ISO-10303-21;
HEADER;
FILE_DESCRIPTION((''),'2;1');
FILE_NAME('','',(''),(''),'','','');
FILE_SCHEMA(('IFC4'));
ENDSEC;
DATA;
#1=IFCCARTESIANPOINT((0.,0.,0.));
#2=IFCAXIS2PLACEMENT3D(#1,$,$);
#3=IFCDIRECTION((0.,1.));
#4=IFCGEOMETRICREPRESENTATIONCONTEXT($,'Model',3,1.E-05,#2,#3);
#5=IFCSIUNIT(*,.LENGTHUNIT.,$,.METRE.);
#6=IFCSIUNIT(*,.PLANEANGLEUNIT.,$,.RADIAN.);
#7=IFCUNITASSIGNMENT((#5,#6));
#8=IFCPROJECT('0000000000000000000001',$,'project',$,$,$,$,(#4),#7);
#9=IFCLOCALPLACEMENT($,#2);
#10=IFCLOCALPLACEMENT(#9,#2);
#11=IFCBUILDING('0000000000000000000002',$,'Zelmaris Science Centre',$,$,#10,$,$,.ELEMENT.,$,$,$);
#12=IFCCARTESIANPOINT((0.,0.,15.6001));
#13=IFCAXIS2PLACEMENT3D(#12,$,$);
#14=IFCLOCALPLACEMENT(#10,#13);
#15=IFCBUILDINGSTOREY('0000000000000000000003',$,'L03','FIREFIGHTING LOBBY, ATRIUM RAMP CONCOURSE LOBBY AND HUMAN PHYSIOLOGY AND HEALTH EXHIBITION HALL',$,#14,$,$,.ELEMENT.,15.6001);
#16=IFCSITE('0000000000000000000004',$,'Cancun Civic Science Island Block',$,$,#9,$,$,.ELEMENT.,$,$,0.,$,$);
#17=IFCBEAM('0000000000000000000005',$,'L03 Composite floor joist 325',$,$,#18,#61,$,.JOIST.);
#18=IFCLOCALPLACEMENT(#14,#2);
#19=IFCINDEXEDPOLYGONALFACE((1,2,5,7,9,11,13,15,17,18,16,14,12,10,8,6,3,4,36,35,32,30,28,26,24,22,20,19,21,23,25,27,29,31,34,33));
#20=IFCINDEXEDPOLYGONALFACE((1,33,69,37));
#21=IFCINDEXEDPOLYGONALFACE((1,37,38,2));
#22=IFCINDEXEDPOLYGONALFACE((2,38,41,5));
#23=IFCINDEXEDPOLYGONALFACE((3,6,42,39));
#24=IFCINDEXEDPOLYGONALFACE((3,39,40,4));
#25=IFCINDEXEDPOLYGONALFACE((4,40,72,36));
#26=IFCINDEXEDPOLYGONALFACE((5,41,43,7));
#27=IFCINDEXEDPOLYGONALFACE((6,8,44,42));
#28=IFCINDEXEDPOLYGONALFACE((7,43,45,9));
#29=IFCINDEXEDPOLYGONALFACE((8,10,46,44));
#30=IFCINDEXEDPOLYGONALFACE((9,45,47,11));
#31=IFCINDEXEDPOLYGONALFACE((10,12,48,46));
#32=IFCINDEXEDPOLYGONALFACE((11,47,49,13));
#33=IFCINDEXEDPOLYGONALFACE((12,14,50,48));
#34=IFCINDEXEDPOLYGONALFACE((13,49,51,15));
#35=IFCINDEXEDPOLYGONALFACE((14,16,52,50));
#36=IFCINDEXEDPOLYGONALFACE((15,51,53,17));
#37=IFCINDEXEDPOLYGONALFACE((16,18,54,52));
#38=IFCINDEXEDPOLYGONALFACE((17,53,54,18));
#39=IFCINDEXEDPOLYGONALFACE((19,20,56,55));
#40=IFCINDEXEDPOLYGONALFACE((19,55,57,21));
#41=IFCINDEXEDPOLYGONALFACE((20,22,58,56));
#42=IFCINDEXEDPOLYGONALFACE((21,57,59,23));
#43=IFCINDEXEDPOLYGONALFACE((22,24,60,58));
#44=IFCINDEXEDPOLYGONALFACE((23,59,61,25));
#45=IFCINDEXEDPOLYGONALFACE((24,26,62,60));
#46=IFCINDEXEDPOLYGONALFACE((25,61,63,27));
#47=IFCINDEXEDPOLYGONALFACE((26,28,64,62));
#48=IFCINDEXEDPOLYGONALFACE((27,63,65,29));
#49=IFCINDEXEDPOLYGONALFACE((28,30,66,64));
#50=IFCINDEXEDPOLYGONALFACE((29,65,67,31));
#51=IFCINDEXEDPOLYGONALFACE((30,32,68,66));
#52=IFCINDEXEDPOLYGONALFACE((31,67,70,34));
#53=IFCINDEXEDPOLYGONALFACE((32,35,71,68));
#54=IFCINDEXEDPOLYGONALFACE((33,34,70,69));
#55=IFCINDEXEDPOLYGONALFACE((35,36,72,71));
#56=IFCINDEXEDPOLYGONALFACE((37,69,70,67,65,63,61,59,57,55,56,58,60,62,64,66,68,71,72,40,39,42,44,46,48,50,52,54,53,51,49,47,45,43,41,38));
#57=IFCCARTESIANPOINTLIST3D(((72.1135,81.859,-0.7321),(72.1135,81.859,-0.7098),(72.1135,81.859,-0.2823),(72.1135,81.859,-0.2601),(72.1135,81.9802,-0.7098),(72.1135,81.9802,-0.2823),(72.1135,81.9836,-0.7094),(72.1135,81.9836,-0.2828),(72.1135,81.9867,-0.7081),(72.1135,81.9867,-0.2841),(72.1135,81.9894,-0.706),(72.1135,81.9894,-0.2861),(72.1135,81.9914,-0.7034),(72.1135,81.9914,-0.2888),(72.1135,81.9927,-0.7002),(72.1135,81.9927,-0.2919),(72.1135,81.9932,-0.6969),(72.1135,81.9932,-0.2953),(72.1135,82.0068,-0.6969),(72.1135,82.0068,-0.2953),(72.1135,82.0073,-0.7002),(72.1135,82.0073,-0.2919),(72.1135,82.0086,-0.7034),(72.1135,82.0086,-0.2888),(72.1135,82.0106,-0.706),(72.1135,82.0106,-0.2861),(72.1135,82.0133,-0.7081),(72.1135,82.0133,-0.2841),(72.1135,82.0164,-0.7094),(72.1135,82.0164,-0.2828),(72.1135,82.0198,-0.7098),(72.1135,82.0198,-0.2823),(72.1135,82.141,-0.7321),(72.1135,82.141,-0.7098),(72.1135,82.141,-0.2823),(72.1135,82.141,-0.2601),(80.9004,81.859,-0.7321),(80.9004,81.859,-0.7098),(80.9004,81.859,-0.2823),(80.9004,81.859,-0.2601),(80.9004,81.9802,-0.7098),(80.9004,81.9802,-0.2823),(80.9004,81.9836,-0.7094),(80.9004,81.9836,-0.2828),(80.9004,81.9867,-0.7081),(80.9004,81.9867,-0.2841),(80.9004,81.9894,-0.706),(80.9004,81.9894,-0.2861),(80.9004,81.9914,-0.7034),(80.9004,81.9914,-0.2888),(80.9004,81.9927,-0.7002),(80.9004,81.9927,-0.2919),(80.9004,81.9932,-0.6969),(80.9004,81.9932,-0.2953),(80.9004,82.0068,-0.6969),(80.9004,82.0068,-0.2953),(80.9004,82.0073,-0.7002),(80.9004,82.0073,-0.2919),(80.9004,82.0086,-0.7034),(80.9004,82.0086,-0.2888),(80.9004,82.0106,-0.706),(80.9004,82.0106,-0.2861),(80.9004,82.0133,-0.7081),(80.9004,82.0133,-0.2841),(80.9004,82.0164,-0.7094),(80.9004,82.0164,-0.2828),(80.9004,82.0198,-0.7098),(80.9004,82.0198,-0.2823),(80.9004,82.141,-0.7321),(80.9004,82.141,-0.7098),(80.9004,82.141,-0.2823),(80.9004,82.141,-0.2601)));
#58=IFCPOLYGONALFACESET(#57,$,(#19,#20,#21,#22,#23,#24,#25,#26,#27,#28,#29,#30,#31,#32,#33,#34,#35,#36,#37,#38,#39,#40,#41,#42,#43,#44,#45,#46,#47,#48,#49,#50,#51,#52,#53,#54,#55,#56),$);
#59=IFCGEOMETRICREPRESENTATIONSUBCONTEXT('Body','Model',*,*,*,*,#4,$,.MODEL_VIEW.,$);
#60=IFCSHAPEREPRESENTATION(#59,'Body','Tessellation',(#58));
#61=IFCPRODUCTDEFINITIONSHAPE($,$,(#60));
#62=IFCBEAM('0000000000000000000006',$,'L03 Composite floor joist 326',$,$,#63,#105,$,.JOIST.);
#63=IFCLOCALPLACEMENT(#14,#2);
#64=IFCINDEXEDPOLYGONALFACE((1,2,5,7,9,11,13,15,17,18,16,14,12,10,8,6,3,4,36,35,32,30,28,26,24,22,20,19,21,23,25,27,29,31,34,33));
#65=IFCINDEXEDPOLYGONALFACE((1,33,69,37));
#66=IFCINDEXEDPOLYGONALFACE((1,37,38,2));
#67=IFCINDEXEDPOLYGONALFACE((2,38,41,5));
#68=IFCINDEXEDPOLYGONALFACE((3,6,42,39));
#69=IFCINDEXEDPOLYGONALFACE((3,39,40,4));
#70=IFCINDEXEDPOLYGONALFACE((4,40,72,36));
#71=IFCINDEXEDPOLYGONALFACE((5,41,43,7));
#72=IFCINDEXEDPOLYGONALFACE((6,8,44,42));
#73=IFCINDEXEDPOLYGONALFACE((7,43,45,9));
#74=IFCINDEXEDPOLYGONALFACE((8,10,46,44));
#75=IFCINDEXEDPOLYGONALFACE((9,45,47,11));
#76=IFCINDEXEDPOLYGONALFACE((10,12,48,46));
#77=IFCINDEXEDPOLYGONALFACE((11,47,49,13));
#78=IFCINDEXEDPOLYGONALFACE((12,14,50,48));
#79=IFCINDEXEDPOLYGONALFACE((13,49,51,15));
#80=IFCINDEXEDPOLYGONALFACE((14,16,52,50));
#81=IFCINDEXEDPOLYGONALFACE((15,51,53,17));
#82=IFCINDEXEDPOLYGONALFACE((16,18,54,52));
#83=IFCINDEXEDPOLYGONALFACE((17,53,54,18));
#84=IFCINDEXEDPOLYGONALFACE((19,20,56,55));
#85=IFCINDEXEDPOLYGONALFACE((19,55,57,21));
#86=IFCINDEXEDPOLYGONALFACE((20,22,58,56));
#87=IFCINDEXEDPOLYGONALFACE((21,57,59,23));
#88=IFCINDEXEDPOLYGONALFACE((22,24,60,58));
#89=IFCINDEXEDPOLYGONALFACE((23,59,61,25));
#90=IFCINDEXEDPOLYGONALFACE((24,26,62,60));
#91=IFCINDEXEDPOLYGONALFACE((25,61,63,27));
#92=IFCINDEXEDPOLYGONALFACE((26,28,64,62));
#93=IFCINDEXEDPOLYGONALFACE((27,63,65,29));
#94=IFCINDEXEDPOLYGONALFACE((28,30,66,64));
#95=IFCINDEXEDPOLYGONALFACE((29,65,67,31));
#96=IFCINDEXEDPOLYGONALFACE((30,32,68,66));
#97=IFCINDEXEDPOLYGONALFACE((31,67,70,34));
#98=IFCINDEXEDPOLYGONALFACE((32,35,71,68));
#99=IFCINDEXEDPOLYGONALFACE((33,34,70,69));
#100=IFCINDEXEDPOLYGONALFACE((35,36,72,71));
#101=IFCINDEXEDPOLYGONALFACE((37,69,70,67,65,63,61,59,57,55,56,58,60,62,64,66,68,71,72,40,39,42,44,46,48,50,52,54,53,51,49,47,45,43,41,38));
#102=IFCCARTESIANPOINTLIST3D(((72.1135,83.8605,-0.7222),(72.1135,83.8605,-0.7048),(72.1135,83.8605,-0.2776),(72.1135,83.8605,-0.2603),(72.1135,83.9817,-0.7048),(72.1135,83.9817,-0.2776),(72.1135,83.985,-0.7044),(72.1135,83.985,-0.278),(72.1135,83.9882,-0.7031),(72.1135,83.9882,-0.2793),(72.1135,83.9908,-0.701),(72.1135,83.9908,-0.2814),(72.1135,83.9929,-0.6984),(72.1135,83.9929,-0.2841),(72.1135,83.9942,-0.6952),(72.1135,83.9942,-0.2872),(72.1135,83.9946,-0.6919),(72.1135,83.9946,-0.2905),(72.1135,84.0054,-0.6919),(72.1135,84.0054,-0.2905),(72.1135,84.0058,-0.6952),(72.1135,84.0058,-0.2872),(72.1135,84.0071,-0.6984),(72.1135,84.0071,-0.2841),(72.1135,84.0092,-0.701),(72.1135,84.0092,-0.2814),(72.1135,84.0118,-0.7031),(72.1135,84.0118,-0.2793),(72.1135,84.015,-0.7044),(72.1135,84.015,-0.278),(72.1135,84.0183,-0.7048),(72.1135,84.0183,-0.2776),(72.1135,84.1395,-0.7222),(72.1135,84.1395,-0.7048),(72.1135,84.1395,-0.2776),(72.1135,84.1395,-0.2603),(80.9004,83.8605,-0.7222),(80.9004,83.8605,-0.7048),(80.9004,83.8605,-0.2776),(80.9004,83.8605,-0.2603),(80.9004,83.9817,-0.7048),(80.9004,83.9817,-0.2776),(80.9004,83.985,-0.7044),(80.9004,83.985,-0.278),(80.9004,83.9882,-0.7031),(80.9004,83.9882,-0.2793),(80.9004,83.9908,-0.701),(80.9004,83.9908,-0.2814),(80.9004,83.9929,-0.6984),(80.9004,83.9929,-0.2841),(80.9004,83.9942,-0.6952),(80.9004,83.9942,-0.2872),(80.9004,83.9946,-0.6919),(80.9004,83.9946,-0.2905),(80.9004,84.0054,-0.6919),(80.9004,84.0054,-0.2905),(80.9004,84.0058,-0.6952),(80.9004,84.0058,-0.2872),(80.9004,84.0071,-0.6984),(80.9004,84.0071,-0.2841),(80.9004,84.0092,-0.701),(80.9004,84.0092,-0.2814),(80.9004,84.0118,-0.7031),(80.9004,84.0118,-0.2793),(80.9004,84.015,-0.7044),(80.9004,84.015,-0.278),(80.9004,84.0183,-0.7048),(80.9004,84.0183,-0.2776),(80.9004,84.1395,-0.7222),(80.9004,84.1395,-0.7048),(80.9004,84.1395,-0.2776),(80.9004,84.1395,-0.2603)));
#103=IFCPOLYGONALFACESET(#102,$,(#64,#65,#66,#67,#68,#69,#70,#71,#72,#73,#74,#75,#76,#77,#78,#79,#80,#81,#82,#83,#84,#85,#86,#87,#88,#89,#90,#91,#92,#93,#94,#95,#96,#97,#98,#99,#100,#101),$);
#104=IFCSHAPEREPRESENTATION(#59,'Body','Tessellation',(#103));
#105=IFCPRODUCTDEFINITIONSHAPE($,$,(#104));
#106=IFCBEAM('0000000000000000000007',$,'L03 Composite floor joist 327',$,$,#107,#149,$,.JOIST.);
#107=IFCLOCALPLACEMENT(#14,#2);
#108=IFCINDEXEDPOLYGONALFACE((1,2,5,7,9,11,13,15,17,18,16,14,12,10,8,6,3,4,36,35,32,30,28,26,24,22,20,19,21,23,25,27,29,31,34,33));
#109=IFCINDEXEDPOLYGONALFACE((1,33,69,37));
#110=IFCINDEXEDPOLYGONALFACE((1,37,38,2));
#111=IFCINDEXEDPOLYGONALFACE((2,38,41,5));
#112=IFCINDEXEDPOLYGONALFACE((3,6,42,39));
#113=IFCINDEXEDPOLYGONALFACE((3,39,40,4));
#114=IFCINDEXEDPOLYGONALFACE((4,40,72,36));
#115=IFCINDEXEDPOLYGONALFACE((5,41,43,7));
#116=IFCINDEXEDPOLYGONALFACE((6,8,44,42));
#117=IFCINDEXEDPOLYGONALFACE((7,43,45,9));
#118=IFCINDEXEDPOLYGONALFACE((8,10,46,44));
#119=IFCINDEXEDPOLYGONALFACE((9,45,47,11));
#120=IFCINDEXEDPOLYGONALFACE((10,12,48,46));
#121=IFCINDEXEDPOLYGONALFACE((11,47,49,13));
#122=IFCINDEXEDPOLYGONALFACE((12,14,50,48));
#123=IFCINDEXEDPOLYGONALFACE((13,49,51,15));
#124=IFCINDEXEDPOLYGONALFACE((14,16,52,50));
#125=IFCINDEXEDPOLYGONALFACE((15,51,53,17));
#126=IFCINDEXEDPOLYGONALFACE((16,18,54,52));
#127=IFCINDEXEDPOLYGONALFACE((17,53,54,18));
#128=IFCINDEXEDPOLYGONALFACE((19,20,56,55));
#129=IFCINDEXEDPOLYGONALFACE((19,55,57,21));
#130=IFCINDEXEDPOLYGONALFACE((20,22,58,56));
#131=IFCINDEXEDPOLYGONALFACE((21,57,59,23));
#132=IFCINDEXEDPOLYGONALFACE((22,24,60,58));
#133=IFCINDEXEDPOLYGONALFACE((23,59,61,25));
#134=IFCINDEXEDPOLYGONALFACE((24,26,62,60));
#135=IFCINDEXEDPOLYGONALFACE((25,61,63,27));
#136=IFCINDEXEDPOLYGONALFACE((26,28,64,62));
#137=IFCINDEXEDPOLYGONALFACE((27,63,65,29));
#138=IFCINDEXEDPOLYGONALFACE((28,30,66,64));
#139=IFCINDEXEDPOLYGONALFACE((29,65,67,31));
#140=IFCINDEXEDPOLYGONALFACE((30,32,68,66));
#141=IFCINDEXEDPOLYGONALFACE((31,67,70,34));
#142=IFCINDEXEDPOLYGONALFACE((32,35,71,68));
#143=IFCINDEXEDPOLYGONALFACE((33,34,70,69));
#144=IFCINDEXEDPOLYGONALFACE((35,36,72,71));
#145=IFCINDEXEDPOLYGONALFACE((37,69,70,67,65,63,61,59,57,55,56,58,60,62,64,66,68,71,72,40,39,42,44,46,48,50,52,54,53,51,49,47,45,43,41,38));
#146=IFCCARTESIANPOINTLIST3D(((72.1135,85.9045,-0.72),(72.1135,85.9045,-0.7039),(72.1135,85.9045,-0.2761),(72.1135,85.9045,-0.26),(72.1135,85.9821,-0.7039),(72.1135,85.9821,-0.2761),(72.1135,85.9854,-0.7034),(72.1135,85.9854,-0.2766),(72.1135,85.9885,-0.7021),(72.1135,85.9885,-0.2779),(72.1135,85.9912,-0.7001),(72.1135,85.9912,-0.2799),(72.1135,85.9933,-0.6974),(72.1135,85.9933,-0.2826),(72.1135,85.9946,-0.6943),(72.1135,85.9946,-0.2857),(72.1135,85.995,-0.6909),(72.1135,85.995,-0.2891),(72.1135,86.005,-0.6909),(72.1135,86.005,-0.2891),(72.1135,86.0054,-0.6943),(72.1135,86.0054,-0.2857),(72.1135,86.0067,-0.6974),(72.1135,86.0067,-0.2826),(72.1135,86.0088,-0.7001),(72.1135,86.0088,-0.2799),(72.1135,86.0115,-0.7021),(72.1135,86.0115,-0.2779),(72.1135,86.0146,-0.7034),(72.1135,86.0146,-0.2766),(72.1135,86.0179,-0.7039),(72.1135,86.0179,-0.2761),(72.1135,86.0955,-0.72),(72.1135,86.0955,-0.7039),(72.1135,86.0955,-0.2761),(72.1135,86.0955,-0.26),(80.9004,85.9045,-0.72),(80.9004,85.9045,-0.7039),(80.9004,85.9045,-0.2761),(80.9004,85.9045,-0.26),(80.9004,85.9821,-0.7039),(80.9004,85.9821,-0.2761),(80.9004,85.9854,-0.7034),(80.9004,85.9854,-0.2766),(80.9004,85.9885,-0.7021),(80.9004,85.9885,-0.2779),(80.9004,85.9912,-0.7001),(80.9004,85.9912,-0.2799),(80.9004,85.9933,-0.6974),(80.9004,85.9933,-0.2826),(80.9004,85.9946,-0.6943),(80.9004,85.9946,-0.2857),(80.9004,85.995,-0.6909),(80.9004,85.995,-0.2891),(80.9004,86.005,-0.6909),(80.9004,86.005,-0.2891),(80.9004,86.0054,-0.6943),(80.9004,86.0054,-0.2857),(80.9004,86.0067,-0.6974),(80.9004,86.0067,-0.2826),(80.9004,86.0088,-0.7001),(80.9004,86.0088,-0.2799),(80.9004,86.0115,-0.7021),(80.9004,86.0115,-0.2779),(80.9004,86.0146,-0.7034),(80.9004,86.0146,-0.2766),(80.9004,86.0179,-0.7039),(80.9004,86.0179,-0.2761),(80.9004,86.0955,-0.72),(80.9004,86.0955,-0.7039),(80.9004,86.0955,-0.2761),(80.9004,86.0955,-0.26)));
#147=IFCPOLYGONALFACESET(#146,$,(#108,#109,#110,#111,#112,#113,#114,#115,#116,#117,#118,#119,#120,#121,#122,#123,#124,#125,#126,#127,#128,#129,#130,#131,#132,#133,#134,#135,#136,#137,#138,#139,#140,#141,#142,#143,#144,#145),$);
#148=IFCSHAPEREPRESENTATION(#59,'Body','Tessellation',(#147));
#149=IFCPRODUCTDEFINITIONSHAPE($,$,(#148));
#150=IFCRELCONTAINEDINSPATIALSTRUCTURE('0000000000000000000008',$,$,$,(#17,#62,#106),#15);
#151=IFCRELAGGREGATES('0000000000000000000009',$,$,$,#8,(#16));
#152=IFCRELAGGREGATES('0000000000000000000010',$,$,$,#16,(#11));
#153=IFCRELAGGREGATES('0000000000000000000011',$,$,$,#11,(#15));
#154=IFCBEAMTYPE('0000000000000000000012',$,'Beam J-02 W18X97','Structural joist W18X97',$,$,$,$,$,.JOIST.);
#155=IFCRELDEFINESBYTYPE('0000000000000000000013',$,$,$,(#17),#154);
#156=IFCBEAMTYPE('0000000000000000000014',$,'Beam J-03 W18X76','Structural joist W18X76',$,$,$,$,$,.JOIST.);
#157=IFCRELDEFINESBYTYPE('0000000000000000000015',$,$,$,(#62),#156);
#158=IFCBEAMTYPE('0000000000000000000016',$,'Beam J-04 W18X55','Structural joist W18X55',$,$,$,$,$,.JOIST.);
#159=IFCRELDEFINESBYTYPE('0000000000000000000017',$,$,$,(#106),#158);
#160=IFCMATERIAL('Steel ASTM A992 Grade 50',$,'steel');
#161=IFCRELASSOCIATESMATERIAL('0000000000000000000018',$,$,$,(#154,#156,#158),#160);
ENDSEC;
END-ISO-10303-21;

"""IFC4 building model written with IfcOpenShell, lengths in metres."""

from ifc_helpers import new_model, si_unit, direction, frame, origin, origin_2d, place, context, subcontext, project, spatial, i_section, extrude, material, material_profile, profile_set, type_object, element, save


model = new_model("IFC4")

# Units and contexts
model_context = context("Model", 3, precision=1e-05, world=origin(), true_north=direction((0.0, 1.0)))
body_context = subcontext(model_context, "Body", "Model", "MODEL_VIEW")
ifc_project = project(units=[si_unit("LENGTHUNIT", "METRE"), si_unit("PLANEANGLEUNIT", "RADIAN")], contexts=[model_context])

# Site, building, storey
site_placement = place(None, origin())
site = spatial("IfcSite", under=ifc_project, at=site_placement, Name="Cancun Civic Science Island Block", CompositionType="ELEMENT", RefElevation=0.0)
building_placement = place(site_placement, origin())
building = spatial("IfcBuilding", under=site, at=building_placement, Name="Zelmaris Science Centre", CompositionType="ELEMENT")
storey_placement = place(building_placement, frame((0.0, 0.0, 15.6001)))
storey = spatial("IfcBuildingStorey", under=building, at=storey_placement, Name="L03", Description="FIREFIGHTING LOBBY, ATRIUM RAMP CONCOURSE LOBBY AND HUMAN PHYSIOLOGY AND HEALTH EXHIBITION HALL", CompositionType="ELEMENT", Elevation=15.6001)

# Shared definitions
ifc_material_1 = material(Name="Steel ASTM A992 Grade 50", Category="steel")

# Beams
ifc_material_profile_1 = material_profile(ifc_material_1, i_section(OverallWidth=0.282, OverallDepth=0.4719, WebThickness=0.0137, FlangeThickness=0.0222, FilletRadius=0.0129, at=origin_2d()), Name="W18X97")
ifc_profile_set_1 = profile_set([ifc_material_profile_1], Name="Steel ASTM A992 Grade 50")
beam_type_1 = type_object("IfcBeamType", Name="Beam J-02 W18X97", Description="Structural joist W18X97", PredefinedType="JOIST", material=ifc_profile_set_1)
beam_1_placement = place(storey_placement, frame((72.1135, 82.0, -0.4961), z_axis=(1.0, 0.0, 0.0), x_axis=(0.0, 1.0, 0.0)))
element("IfcBeam", 1, at=beam_1_placement, inside=storey, type_object=beam_type_1, Name="L03 Composite floor joist 325", PredefinedType="JOIST", context=body_context, shape_type="SweptSolid", body=[
    extrude(i_section(OverallWidth=0.282, OverallDepth=0.4719, WebThickness=0.0137, FlangeThickness=0.0222, FilletRadius=0.0129, at=origin_2d()), origin(), (0.0, 0.0, 1.0), 8.7869),
])
ifc_material_profile_2 = material_profile(ifc_material_1, i_section(OverallWidth=0.2791, OverallDepth=0.4619, WebThickness=0.0107, FlangeThickness=0.0173, FilletRadius=0.0129, at=origin_2d()), Name="W18X76")
ifc_profile_set_2 = profile_set([ifc_material_profile_2], Name="Steel ASTM A992 Grade 50")
beam_type_2 = type_object("IfcBeamType", Name="Beam J-03 W18X76", Description="Structural joist W18X76", PredefinedType="JOIST", material=ifc_profile_set_2)
beam_2_placement = place(storey_placement, frame((72.1135, 84.0, -0.4912), z_axis=(1.0, 0.0, 0.0), x_axis=(0.0, 1.0, 0.0)))
element("IfcBeam", 2, at=beam_2_placement, inside=storey, type_object=beam_type_2, Name="L03 Composite floor joist 326", PredefinedType="JOIST", context=body_context, shape_type="SweptSolid", body=[
    extrude(i_section(OverallWidth=0.2791, OverallDepth=0.4619, WebThickness=0.0107, FlangeThickness=0.0173, FilletRadius=0.0129, at=origin_2d()), origin(), (0.0, 0.0, 1.0), 8.7869),
])
ifc_material_profile_3 = material_profile(ifc_material_1, i_section(OverallWidth=0.1909, OverallDepth=0.46, WebThickness=0.01, FlangeThickness=0.0161, FilletRadius=0.0129, at=origin_2d()), Name="W18X55")
ifc_profile_set_3 = profile_set([ifc_material_profile_3], Name="Steel ASTM A992 Grade 50")
beam_type_3 = type_object("IfcBeamType", Name="Beam J-04 W18X55", Description="Structural joist W18X55", PredefinedType="JOIST", material=ifc_profile_set_3)
beam_3_placement = place(storey_placement, frame((72.1135, 86.0, -0.49), z_axis=(1.0, 0.0, 0.0), x_axis=(0.0, 1.0, 0.0)))
element("IfcBeam", 3, at=beam_3_placement, inside=storey, type_object=beam_type_3, Name="L03 Composite floor joist 327", PredefinedType="JOIST", context=body_context, shape_type="SweptSolid", body=[
    extrude(i_section(OverallWidth=0.1909, OverallDepth=0.46, WebThickness=0.01, FlangeThickness=0.0161, FilletRadius=0.0129, at=origin_2d()), origin(), (0.0, 0.0, 1.0), 8.7869),
])

save(model, "model.ifc")
